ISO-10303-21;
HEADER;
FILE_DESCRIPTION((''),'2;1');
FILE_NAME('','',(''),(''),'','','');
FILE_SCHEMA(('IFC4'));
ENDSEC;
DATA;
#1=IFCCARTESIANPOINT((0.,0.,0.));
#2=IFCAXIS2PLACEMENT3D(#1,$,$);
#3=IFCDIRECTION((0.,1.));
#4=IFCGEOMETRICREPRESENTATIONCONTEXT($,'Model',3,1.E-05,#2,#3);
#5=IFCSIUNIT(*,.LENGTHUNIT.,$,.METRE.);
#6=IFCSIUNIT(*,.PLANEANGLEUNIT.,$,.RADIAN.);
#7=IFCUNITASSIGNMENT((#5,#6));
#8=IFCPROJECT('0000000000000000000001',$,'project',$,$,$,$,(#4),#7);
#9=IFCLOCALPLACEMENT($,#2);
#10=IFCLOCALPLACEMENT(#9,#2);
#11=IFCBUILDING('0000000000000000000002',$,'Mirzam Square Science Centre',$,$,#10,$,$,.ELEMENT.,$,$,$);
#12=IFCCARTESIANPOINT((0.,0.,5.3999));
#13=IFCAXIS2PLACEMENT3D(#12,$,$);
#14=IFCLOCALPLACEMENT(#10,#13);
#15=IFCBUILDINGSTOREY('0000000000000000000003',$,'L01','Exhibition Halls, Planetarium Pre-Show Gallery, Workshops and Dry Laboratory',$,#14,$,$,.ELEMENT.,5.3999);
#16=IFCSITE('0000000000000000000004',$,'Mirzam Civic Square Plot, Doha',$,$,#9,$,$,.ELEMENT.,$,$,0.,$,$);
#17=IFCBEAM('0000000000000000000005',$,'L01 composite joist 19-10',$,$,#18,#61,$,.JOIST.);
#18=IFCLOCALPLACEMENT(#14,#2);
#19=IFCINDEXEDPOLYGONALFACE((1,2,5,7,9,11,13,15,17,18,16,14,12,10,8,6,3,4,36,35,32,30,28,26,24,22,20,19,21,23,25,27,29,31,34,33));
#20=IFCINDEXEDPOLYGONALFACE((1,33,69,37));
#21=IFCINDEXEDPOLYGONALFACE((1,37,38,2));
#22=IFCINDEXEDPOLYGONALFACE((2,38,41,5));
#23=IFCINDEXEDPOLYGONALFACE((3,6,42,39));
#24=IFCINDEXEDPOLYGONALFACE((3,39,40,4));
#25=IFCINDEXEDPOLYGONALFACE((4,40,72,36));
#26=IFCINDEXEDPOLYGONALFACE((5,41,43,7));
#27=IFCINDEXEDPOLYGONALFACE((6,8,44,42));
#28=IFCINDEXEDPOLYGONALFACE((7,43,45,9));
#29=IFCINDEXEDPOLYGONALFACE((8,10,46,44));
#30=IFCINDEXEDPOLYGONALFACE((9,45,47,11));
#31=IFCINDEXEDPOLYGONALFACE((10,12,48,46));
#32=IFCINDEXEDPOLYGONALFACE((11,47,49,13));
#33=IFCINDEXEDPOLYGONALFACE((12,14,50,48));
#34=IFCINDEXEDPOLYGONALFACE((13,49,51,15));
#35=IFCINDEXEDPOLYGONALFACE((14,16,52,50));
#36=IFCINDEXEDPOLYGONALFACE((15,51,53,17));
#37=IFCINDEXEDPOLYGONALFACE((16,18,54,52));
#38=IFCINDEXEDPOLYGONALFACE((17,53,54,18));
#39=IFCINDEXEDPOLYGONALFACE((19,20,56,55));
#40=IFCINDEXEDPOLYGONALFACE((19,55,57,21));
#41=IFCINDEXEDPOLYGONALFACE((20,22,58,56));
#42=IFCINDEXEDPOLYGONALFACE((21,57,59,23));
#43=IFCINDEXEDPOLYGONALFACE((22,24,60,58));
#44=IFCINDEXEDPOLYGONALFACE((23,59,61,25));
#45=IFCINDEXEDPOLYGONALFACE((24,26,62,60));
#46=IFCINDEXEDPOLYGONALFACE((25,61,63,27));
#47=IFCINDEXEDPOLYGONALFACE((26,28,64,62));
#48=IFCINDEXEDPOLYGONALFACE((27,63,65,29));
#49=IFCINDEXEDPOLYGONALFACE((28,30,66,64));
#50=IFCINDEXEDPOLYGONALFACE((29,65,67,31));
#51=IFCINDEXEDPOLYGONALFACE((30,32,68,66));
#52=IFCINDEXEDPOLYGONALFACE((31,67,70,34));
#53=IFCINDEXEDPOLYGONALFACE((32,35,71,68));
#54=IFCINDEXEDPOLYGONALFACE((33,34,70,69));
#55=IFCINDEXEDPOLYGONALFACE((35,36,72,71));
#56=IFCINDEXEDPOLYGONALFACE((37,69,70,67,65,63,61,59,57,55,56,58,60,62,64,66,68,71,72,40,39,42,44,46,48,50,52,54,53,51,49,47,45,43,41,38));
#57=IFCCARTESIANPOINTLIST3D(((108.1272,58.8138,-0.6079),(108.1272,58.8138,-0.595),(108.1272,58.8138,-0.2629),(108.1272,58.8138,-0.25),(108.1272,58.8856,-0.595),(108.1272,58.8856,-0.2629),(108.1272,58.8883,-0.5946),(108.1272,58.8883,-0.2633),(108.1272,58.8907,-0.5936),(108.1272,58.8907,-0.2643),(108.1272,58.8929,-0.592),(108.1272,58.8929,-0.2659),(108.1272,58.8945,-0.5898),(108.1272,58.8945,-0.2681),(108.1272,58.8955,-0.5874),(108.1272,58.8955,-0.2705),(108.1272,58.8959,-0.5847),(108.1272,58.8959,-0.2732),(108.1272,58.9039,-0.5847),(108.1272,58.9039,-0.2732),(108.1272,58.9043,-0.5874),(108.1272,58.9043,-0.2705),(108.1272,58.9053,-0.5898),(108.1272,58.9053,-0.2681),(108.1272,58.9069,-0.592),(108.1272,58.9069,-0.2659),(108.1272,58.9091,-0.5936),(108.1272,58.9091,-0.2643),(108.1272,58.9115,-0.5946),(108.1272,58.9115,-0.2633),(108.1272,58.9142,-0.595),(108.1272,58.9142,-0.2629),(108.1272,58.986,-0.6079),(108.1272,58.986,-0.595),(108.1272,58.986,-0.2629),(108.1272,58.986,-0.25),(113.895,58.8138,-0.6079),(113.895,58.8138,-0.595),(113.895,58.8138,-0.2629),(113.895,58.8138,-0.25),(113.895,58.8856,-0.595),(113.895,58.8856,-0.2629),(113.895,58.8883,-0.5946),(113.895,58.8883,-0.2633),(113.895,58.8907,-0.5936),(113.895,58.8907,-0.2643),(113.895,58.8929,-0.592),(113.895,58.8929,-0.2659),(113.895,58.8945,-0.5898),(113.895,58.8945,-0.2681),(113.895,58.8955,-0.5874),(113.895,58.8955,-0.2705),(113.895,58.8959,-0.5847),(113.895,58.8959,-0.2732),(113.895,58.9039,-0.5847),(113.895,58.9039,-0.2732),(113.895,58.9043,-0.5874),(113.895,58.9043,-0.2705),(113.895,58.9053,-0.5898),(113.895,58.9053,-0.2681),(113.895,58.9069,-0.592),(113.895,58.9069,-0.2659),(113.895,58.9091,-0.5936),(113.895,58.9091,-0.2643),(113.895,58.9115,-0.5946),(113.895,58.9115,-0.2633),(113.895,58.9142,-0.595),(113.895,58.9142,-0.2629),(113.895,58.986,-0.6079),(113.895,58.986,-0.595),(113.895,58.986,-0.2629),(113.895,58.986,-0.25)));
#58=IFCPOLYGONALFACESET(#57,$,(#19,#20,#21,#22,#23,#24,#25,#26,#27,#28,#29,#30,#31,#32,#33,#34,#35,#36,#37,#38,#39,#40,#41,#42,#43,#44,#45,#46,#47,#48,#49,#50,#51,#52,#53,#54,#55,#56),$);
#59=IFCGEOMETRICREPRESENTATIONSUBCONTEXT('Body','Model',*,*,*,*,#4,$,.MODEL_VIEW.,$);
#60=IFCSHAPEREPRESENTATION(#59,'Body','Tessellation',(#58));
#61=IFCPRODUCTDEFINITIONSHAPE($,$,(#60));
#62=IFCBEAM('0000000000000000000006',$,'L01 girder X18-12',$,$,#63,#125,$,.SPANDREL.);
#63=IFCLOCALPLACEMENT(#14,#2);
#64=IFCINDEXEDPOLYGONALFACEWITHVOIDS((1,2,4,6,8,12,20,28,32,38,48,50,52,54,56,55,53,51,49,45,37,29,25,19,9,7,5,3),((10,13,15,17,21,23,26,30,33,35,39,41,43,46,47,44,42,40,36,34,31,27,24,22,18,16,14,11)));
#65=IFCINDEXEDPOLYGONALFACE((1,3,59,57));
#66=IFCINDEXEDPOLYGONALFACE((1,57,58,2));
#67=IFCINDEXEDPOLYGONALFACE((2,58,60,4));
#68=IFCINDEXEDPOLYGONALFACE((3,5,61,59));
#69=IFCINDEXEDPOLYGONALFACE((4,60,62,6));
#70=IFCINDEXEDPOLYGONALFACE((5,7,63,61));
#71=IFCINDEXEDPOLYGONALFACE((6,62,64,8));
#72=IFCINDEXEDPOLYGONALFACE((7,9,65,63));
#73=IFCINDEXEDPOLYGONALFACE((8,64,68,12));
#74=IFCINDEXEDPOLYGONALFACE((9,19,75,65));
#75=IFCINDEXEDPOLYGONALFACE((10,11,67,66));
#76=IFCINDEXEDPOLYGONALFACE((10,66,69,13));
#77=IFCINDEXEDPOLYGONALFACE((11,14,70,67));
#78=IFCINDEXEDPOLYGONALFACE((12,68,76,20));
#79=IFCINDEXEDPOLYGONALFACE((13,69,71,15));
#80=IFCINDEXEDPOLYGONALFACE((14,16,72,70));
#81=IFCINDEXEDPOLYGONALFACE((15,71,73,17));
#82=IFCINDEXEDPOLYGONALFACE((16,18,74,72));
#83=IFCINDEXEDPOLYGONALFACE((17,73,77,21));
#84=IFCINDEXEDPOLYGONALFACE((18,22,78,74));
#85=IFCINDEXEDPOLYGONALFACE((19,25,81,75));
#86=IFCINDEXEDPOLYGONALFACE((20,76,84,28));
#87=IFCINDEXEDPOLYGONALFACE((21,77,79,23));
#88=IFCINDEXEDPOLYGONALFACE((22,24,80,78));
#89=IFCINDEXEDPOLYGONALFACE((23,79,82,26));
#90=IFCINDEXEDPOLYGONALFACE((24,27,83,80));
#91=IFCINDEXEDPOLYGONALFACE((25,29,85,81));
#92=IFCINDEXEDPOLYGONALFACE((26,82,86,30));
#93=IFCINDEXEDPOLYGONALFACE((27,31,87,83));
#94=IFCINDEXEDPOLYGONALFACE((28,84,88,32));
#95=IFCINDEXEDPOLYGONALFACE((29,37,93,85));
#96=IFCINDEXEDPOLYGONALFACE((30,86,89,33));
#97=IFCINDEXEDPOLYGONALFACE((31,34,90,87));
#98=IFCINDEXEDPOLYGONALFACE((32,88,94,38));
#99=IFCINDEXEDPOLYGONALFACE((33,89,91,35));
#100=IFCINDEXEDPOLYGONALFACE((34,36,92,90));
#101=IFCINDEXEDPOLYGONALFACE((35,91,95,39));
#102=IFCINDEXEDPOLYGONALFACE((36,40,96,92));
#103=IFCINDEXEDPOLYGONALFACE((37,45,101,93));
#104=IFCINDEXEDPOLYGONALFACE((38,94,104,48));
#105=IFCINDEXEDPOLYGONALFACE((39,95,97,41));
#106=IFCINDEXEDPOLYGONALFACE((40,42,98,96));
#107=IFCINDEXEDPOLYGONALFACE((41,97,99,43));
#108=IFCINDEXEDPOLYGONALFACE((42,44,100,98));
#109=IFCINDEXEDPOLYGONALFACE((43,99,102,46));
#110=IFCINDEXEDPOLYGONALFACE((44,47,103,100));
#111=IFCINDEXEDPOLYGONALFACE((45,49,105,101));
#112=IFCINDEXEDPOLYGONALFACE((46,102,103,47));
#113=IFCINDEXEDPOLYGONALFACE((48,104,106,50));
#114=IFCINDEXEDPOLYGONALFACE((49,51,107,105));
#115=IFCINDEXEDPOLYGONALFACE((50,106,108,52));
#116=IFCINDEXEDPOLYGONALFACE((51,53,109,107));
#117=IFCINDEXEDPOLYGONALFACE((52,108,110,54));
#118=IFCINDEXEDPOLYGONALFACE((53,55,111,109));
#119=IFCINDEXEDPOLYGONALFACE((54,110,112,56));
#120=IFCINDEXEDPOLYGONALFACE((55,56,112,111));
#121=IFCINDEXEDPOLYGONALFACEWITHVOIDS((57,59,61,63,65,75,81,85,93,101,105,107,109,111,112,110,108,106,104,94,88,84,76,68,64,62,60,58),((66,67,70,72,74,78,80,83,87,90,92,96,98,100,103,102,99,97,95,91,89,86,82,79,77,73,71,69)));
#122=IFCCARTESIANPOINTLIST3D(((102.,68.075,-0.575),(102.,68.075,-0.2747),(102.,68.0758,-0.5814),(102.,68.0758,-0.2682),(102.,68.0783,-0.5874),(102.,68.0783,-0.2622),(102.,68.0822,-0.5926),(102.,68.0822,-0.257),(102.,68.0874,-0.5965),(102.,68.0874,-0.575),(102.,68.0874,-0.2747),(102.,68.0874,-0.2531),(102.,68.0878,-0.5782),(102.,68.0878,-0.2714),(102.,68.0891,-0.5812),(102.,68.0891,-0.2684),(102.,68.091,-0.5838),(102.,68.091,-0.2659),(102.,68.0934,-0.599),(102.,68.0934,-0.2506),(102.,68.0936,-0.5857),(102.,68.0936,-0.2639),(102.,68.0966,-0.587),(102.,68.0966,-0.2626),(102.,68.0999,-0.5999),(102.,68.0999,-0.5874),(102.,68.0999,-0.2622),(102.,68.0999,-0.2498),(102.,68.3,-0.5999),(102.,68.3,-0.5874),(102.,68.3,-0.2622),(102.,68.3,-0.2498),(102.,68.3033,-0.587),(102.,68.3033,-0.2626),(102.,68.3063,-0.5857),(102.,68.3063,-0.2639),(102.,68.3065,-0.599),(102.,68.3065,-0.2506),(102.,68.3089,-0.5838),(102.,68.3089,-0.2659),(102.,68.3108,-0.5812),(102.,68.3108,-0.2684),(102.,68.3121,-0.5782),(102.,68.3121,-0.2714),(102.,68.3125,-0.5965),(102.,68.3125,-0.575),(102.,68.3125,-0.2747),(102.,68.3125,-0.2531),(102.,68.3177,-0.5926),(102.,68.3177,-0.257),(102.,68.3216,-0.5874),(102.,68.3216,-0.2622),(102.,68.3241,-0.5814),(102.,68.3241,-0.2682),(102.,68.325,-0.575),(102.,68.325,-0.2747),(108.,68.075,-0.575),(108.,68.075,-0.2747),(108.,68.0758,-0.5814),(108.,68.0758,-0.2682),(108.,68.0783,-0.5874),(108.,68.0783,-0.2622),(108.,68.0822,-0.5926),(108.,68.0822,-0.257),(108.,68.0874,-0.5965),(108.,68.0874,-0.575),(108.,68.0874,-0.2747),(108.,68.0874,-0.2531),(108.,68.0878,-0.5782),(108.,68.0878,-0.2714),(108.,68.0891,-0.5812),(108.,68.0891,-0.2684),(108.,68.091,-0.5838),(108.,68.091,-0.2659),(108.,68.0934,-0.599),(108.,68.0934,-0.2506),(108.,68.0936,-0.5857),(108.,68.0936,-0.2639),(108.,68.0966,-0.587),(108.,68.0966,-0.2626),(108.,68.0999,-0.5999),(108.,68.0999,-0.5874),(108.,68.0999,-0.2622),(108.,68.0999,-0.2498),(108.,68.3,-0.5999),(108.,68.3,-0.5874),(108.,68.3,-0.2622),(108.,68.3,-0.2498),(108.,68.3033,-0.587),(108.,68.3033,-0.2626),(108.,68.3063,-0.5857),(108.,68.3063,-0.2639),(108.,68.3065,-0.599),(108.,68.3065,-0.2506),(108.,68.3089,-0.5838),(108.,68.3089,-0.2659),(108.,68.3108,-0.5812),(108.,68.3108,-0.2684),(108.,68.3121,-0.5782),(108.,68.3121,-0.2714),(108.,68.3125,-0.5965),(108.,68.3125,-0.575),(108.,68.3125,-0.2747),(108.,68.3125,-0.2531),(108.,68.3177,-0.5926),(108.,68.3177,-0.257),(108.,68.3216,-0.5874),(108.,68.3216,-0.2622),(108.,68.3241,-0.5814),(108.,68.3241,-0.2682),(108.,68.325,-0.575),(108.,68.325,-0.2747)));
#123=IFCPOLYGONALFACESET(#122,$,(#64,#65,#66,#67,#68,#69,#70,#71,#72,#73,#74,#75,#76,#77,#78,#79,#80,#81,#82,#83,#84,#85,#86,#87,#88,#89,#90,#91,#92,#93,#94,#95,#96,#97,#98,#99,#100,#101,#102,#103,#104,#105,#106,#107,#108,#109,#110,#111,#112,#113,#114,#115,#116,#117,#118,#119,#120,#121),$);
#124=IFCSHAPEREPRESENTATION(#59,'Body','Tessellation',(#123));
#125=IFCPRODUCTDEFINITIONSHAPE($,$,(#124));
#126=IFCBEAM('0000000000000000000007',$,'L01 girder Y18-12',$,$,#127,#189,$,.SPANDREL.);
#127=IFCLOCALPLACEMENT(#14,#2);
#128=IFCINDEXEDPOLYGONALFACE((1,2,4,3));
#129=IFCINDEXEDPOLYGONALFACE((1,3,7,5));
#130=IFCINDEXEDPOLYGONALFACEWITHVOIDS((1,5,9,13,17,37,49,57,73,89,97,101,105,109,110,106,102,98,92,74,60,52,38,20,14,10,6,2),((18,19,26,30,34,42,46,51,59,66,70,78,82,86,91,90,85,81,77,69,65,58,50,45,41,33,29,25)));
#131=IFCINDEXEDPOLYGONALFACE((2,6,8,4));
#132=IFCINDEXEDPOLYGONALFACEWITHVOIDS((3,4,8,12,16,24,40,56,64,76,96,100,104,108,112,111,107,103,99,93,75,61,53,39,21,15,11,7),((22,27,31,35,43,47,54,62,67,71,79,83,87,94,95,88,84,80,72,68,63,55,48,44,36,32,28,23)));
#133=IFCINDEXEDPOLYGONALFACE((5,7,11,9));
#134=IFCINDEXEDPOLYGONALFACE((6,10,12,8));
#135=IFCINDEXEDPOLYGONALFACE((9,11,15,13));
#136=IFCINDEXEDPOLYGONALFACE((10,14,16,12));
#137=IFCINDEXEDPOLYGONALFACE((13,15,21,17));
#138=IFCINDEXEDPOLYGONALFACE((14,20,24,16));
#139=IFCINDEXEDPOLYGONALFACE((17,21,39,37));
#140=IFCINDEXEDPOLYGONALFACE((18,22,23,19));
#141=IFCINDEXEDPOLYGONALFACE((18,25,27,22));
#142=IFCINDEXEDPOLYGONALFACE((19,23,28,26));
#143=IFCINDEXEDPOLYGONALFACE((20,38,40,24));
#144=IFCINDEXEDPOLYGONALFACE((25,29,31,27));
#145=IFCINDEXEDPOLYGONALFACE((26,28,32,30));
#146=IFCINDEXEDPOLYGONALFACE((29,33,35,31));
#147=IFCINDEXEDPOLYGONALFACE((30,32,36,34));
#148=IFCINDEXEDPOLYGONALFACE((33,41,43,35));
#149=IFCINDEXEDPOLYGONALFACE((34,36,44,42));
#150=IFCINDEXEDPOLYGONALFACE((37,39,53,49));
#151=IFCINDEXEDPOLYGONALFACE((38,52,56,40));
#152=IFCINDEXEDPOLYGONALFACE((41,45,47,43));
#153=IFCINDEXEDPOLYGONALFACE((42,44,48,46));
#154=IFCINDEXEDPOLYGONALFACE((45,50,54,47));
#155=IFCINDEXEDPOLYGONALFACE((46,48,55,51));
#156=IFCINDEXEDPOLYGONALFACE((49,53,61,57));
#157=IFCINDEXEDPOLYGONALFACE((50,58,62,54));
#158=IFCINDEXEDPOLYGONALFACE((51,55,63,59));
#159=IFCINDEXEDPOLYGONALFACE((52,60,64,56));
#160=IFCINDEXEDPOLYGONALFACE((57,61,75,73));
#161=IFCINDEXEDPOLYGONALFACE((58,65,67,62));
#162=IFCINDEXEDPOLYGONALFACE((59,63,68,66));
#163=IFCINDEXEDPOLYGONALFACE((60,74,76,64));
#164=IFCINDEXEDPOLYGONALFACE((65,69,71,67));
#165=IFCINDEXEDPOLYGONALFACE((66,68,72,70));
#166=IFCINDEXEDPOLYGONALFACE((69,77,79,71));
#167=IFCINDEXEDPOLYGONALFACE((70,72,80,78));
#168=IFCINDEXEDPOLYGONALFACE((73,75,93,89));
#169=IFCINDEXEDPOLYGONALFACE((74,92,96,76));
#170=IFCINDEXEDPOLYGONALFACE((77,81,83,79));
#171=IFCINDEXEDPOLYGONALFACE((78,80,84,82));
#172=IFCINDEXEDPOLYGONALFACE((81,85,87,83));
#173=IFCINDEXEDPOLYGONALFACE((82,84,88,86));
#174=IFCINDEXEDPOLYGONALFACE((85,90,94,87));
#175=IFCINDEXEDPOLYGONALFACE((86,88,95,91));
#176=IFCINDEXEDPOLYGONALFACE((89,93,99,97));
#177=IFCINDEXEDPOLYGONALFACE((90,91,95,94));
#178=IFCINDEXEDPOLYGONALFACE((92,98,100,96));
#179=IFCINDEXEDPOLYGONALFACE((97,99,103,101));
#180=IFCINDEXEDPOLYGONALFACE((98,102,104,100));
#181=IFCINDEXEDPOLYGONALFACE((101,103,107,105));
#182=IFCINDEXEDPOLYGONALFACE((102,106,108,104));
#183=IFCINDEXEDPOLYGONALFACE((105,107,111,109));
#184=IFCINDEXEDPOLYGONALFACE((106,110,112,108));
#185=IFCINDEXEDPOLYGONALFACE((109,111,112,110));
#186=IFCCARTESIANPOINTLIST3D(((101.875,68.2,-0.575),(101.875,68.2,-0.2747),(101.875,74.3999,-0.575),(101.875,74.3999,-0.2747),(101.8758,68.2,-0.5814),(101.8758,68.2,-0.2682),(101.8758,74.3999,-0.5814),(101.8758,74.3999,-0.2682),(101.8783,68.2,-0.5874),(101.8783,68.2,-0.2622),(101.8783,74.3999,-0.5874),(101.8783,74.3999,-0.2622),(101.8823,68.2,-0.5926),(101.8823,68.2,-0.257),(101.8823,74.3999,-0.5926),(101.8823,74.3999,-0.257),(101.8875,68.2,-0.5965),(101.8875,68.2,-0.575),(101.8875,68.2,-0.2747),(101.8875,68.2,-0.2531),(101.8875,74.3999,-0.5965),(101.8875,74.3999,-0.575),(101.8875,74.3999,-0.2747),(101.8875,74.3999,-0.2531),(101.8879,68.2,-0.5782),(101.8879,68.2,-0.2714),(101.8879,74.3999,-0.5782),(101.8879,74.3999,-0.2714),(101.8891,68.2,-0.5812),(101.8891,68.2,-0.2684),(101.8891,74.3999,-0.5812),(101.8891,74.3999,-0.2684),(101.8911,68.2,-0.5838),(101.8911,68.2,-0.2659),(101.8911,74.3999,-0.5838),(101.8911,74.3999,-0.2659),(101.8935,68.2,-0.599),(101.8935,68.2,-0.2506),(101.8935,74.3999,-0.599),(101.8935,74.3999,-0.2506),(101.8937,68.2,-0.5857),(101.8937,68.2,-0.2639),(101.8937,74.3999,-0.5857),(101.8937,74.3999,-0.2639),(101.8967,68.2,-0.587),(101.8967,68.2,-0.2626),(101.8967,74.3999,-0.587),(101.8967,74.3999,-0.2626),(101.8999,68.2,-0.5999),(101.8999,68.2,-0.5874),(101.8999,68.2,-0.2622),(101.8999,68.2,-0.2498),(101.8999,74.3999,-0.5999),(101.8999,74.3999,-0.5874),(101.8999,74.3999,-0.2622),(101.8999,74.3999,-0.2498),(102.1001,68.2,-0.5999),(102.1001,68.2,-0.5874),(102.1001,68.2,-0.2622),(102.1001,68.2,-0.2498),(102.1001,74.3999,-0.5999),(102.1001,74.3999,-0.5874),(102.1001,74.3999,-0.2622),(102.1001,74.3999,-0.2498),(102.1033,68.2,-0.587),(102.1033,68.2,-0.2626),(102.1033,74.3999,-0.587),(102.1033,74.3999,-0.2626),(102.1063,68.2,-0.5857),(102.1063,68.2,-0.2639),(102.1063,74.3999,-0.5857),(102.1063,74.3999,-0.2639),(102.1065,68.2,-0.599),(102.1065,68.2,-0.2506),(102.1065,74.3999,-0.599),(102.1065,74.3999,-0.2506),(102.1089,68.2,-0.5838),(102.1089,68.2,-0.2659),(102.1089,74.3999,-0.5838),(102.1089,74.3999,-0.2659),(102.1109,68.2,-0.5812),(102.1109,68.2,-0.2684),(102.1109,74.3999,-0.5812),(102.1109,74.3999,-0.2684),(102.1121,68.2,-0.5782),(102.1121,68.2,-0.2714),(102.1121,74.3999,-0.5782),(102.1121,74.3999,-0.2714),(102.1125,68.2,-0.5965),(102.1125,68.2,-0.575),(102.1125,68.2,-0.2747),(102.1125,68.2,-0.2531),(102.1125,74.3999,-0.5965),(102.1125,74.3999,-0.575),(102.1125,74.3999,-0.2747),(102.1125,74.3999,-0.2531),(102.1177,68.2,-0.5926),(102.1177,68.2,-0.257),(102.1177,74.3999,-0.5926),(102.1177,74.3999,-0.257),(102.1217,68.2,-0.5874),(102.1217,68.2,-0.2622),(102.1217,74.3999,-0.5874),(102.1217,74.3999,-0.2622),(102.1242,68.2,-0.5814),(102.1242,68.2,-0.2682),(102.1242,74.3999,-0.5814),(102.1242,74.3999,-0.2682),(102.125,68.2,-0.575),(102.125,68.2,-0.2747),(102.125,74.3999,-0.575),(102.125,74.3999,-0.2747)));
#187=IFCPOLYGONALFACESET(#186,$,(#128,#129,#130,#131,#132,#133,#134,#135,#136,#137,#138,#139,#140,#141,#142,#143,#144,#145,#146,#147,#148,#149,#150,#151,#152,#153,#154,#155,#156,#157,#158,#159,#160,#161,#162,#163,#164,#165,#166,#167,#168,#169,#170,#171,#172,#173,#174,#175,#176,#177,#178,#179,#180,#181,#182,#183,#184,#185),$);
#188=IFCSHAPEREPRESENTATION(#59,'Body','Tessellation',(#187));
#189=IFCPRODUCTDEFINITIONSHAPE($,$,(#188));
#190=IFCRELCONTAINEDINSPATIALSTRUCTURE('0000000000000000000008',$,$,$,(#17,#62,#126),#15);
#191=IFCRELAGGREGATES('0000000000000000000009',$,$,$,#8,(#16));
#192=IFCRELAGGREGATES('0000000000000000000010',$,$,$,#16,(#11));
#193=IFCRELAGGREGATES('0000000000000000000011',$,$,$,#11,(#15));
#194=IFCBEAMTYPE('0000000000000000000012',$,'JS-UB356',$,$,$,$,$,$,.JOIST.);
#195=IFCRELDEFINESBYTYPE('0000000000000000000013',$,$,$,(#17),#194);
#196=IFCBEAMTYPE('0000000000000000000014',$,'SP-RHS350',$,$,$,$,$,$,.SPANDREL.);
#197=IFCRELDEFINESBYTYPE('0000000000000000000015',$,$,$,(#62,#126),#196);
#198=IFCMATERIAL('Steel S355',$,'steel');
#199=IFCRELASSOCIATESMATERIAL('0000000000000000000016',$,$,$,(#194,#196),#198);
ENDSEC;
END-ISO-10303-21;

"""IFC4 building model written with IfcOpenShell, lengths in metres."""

from ifc_helpers import new_model, si_unit, direction, frame, origin, origin_2d, place, context, subcontext, project, spatial, hollow_rectangle, i_section, extrude, material, material_profile, profile_set, type_object, element, save


model = new_model("IFC4")

# Units and contexts
model_context = context("Model", 3, precision=1e-05, world=origin(), true_north=direction((0.0, 1.0)))
body_context = subcontext(model_context, "Body", "Model", "MODEL_VIEW")
ifc_project = project(units=[si_unit("LENGTHUNIT", "METRE"), si_unit("PLANEANGLEUNIT", "RADIAN")], contexts=[model_context])

# Site, building, storey
site_placement = place(None, origin())
site = spatial("IfcSite", under=ifc_project, at=site_placement, Name="Mirzam Civic Square Plot, Doha", CompositionType="ELEMENT", RefElevation=0.0)
building_placement = place(site_placement, origin())
building = spatial("IfcBuilding", under=site, at=building_placement, Name="Mirzam Square Science Centre", CompositionType="ELEMENT")
storey_placement = place(building_placement, frame((0.0, 0.0, 5.3999)))
storey = spatial("IfcBuildingStorey", under=building, at=storey_placement, Name="L01", Description="Exhibition Halls, Planetarium Pre-Show Gallery, Workshops and Dry Laboratory", CompositionType="ELEMENT", Elevation=5.3999)

# Shared definitions
ifc_material_1 = material(Name="Steel S355", Category="steel")

# Beams
ifc_material_profile_1 = material_profile(ifc_material_1, i_section(OverallWidth=0.1721, OverallDepth=0.3579, WebThickness=0.0081, FlangeThickness=0.0129, FilletRadius=0.0103, at=origin_2d()), Name="356x171x57UB")
ifc_profile_set_1 = profile_set([ifc_material_profile_1], Name="Steel S355")
beam_type_1 = type_object("IfcBeamType", Name="JS-UB356", PredefinedType="JOIST", material=ifc_profile_set_1)
beam_1_placement = place(storey_placement, frame((108.1272, 58.8999, -0.429), z_axis=(1.0, 0.0, 0.0), x_axis=(0.0, 1.0, 0.0)))
element("IfcBeam", 1, at=beam_1_placement, inside=storey, type_object=beam_type_1, Name="L01 composite joist 19-10", PredefinedType="JOIST", context=body_context, shape_type="SweptSolid", body=[
    extrude(i_section(OverallWidth=0.1721, OverallDepth=0.3579, WebThickness=0.0081, FlangeThickness=0.0129, FilletRadius=0.0103, at=origin_2d()), origin(), (0.0, 0.0, 1.0), 5.7678),
])
ifc_material_profile_2 = material_profile(ifc_material_1, hollow_rectangle(XDim=0.25, YDim=0.3501, WallThickness=0.0125, InnerFilletRadius=0.0125, OuterFilletRadius=0.0249, at=origin_2d()), Name="350x250x12.5RHS")
ifc_profile_set_2 = profile_set([ifc_material_profile_2], Name="Steel S355")
beam_type_2 = type_object("IfcBeamType", Name="SP-RHS350", PredefinedType="SPANDREL", material=ifc_profile_set_2)
beam_2_placement = place(storey_placement, frame((102.0, 68.2, -0.4248), z_axis=(1.0, 0.0, 0.0), x_axis=(0.0, 1.0, 0.0)))
element("IfcBeam", 2, at=beam_2_placement, inside=storey, type_object=beam_type_2, Name="L01 girder X18-12", PredefinedType="SPANDREL", context=body_context, shape_type="SweptSolid", body=[
    extrude(hollow_rectangle(XDim=0.25, YDim=0.3501, WallThickness=0.0125, InnerFilletRadius=0.0125, OuterFilletRadius=0.0249, at=origin_2d()), origin(), (0.0, 0.0, 1.0), 6.0),
])
for number, where, z_axis, x_axis, name in (
    (3, (102.0, 68.2, -0.4248), (0.0, 1.0, 0.0), (-1.0, 0.0, 0.0), "L01 girder Y18-12"),
):
    element("IfcBeam", number, at=place(storey_placement, frame(where, z_axis=z_axis, x_axis=x_axis)), inside=storey, type_object=beam_type_2, Name=name, PredefinedType="SPANDREL", context=body_context, shape_type="SweptSolid", body=[
        extrude(hollow_rectangle(XDim=0.25, YDim=0.3501, WallThickness=0.0125, InnerFilletRadius=0.0125, OuterFilletRadius=0.0249, at=origin_2d()), origin(), (0.0, 0.0, 1.0), 6.2),
    ])

save(model, "model.ifc")
